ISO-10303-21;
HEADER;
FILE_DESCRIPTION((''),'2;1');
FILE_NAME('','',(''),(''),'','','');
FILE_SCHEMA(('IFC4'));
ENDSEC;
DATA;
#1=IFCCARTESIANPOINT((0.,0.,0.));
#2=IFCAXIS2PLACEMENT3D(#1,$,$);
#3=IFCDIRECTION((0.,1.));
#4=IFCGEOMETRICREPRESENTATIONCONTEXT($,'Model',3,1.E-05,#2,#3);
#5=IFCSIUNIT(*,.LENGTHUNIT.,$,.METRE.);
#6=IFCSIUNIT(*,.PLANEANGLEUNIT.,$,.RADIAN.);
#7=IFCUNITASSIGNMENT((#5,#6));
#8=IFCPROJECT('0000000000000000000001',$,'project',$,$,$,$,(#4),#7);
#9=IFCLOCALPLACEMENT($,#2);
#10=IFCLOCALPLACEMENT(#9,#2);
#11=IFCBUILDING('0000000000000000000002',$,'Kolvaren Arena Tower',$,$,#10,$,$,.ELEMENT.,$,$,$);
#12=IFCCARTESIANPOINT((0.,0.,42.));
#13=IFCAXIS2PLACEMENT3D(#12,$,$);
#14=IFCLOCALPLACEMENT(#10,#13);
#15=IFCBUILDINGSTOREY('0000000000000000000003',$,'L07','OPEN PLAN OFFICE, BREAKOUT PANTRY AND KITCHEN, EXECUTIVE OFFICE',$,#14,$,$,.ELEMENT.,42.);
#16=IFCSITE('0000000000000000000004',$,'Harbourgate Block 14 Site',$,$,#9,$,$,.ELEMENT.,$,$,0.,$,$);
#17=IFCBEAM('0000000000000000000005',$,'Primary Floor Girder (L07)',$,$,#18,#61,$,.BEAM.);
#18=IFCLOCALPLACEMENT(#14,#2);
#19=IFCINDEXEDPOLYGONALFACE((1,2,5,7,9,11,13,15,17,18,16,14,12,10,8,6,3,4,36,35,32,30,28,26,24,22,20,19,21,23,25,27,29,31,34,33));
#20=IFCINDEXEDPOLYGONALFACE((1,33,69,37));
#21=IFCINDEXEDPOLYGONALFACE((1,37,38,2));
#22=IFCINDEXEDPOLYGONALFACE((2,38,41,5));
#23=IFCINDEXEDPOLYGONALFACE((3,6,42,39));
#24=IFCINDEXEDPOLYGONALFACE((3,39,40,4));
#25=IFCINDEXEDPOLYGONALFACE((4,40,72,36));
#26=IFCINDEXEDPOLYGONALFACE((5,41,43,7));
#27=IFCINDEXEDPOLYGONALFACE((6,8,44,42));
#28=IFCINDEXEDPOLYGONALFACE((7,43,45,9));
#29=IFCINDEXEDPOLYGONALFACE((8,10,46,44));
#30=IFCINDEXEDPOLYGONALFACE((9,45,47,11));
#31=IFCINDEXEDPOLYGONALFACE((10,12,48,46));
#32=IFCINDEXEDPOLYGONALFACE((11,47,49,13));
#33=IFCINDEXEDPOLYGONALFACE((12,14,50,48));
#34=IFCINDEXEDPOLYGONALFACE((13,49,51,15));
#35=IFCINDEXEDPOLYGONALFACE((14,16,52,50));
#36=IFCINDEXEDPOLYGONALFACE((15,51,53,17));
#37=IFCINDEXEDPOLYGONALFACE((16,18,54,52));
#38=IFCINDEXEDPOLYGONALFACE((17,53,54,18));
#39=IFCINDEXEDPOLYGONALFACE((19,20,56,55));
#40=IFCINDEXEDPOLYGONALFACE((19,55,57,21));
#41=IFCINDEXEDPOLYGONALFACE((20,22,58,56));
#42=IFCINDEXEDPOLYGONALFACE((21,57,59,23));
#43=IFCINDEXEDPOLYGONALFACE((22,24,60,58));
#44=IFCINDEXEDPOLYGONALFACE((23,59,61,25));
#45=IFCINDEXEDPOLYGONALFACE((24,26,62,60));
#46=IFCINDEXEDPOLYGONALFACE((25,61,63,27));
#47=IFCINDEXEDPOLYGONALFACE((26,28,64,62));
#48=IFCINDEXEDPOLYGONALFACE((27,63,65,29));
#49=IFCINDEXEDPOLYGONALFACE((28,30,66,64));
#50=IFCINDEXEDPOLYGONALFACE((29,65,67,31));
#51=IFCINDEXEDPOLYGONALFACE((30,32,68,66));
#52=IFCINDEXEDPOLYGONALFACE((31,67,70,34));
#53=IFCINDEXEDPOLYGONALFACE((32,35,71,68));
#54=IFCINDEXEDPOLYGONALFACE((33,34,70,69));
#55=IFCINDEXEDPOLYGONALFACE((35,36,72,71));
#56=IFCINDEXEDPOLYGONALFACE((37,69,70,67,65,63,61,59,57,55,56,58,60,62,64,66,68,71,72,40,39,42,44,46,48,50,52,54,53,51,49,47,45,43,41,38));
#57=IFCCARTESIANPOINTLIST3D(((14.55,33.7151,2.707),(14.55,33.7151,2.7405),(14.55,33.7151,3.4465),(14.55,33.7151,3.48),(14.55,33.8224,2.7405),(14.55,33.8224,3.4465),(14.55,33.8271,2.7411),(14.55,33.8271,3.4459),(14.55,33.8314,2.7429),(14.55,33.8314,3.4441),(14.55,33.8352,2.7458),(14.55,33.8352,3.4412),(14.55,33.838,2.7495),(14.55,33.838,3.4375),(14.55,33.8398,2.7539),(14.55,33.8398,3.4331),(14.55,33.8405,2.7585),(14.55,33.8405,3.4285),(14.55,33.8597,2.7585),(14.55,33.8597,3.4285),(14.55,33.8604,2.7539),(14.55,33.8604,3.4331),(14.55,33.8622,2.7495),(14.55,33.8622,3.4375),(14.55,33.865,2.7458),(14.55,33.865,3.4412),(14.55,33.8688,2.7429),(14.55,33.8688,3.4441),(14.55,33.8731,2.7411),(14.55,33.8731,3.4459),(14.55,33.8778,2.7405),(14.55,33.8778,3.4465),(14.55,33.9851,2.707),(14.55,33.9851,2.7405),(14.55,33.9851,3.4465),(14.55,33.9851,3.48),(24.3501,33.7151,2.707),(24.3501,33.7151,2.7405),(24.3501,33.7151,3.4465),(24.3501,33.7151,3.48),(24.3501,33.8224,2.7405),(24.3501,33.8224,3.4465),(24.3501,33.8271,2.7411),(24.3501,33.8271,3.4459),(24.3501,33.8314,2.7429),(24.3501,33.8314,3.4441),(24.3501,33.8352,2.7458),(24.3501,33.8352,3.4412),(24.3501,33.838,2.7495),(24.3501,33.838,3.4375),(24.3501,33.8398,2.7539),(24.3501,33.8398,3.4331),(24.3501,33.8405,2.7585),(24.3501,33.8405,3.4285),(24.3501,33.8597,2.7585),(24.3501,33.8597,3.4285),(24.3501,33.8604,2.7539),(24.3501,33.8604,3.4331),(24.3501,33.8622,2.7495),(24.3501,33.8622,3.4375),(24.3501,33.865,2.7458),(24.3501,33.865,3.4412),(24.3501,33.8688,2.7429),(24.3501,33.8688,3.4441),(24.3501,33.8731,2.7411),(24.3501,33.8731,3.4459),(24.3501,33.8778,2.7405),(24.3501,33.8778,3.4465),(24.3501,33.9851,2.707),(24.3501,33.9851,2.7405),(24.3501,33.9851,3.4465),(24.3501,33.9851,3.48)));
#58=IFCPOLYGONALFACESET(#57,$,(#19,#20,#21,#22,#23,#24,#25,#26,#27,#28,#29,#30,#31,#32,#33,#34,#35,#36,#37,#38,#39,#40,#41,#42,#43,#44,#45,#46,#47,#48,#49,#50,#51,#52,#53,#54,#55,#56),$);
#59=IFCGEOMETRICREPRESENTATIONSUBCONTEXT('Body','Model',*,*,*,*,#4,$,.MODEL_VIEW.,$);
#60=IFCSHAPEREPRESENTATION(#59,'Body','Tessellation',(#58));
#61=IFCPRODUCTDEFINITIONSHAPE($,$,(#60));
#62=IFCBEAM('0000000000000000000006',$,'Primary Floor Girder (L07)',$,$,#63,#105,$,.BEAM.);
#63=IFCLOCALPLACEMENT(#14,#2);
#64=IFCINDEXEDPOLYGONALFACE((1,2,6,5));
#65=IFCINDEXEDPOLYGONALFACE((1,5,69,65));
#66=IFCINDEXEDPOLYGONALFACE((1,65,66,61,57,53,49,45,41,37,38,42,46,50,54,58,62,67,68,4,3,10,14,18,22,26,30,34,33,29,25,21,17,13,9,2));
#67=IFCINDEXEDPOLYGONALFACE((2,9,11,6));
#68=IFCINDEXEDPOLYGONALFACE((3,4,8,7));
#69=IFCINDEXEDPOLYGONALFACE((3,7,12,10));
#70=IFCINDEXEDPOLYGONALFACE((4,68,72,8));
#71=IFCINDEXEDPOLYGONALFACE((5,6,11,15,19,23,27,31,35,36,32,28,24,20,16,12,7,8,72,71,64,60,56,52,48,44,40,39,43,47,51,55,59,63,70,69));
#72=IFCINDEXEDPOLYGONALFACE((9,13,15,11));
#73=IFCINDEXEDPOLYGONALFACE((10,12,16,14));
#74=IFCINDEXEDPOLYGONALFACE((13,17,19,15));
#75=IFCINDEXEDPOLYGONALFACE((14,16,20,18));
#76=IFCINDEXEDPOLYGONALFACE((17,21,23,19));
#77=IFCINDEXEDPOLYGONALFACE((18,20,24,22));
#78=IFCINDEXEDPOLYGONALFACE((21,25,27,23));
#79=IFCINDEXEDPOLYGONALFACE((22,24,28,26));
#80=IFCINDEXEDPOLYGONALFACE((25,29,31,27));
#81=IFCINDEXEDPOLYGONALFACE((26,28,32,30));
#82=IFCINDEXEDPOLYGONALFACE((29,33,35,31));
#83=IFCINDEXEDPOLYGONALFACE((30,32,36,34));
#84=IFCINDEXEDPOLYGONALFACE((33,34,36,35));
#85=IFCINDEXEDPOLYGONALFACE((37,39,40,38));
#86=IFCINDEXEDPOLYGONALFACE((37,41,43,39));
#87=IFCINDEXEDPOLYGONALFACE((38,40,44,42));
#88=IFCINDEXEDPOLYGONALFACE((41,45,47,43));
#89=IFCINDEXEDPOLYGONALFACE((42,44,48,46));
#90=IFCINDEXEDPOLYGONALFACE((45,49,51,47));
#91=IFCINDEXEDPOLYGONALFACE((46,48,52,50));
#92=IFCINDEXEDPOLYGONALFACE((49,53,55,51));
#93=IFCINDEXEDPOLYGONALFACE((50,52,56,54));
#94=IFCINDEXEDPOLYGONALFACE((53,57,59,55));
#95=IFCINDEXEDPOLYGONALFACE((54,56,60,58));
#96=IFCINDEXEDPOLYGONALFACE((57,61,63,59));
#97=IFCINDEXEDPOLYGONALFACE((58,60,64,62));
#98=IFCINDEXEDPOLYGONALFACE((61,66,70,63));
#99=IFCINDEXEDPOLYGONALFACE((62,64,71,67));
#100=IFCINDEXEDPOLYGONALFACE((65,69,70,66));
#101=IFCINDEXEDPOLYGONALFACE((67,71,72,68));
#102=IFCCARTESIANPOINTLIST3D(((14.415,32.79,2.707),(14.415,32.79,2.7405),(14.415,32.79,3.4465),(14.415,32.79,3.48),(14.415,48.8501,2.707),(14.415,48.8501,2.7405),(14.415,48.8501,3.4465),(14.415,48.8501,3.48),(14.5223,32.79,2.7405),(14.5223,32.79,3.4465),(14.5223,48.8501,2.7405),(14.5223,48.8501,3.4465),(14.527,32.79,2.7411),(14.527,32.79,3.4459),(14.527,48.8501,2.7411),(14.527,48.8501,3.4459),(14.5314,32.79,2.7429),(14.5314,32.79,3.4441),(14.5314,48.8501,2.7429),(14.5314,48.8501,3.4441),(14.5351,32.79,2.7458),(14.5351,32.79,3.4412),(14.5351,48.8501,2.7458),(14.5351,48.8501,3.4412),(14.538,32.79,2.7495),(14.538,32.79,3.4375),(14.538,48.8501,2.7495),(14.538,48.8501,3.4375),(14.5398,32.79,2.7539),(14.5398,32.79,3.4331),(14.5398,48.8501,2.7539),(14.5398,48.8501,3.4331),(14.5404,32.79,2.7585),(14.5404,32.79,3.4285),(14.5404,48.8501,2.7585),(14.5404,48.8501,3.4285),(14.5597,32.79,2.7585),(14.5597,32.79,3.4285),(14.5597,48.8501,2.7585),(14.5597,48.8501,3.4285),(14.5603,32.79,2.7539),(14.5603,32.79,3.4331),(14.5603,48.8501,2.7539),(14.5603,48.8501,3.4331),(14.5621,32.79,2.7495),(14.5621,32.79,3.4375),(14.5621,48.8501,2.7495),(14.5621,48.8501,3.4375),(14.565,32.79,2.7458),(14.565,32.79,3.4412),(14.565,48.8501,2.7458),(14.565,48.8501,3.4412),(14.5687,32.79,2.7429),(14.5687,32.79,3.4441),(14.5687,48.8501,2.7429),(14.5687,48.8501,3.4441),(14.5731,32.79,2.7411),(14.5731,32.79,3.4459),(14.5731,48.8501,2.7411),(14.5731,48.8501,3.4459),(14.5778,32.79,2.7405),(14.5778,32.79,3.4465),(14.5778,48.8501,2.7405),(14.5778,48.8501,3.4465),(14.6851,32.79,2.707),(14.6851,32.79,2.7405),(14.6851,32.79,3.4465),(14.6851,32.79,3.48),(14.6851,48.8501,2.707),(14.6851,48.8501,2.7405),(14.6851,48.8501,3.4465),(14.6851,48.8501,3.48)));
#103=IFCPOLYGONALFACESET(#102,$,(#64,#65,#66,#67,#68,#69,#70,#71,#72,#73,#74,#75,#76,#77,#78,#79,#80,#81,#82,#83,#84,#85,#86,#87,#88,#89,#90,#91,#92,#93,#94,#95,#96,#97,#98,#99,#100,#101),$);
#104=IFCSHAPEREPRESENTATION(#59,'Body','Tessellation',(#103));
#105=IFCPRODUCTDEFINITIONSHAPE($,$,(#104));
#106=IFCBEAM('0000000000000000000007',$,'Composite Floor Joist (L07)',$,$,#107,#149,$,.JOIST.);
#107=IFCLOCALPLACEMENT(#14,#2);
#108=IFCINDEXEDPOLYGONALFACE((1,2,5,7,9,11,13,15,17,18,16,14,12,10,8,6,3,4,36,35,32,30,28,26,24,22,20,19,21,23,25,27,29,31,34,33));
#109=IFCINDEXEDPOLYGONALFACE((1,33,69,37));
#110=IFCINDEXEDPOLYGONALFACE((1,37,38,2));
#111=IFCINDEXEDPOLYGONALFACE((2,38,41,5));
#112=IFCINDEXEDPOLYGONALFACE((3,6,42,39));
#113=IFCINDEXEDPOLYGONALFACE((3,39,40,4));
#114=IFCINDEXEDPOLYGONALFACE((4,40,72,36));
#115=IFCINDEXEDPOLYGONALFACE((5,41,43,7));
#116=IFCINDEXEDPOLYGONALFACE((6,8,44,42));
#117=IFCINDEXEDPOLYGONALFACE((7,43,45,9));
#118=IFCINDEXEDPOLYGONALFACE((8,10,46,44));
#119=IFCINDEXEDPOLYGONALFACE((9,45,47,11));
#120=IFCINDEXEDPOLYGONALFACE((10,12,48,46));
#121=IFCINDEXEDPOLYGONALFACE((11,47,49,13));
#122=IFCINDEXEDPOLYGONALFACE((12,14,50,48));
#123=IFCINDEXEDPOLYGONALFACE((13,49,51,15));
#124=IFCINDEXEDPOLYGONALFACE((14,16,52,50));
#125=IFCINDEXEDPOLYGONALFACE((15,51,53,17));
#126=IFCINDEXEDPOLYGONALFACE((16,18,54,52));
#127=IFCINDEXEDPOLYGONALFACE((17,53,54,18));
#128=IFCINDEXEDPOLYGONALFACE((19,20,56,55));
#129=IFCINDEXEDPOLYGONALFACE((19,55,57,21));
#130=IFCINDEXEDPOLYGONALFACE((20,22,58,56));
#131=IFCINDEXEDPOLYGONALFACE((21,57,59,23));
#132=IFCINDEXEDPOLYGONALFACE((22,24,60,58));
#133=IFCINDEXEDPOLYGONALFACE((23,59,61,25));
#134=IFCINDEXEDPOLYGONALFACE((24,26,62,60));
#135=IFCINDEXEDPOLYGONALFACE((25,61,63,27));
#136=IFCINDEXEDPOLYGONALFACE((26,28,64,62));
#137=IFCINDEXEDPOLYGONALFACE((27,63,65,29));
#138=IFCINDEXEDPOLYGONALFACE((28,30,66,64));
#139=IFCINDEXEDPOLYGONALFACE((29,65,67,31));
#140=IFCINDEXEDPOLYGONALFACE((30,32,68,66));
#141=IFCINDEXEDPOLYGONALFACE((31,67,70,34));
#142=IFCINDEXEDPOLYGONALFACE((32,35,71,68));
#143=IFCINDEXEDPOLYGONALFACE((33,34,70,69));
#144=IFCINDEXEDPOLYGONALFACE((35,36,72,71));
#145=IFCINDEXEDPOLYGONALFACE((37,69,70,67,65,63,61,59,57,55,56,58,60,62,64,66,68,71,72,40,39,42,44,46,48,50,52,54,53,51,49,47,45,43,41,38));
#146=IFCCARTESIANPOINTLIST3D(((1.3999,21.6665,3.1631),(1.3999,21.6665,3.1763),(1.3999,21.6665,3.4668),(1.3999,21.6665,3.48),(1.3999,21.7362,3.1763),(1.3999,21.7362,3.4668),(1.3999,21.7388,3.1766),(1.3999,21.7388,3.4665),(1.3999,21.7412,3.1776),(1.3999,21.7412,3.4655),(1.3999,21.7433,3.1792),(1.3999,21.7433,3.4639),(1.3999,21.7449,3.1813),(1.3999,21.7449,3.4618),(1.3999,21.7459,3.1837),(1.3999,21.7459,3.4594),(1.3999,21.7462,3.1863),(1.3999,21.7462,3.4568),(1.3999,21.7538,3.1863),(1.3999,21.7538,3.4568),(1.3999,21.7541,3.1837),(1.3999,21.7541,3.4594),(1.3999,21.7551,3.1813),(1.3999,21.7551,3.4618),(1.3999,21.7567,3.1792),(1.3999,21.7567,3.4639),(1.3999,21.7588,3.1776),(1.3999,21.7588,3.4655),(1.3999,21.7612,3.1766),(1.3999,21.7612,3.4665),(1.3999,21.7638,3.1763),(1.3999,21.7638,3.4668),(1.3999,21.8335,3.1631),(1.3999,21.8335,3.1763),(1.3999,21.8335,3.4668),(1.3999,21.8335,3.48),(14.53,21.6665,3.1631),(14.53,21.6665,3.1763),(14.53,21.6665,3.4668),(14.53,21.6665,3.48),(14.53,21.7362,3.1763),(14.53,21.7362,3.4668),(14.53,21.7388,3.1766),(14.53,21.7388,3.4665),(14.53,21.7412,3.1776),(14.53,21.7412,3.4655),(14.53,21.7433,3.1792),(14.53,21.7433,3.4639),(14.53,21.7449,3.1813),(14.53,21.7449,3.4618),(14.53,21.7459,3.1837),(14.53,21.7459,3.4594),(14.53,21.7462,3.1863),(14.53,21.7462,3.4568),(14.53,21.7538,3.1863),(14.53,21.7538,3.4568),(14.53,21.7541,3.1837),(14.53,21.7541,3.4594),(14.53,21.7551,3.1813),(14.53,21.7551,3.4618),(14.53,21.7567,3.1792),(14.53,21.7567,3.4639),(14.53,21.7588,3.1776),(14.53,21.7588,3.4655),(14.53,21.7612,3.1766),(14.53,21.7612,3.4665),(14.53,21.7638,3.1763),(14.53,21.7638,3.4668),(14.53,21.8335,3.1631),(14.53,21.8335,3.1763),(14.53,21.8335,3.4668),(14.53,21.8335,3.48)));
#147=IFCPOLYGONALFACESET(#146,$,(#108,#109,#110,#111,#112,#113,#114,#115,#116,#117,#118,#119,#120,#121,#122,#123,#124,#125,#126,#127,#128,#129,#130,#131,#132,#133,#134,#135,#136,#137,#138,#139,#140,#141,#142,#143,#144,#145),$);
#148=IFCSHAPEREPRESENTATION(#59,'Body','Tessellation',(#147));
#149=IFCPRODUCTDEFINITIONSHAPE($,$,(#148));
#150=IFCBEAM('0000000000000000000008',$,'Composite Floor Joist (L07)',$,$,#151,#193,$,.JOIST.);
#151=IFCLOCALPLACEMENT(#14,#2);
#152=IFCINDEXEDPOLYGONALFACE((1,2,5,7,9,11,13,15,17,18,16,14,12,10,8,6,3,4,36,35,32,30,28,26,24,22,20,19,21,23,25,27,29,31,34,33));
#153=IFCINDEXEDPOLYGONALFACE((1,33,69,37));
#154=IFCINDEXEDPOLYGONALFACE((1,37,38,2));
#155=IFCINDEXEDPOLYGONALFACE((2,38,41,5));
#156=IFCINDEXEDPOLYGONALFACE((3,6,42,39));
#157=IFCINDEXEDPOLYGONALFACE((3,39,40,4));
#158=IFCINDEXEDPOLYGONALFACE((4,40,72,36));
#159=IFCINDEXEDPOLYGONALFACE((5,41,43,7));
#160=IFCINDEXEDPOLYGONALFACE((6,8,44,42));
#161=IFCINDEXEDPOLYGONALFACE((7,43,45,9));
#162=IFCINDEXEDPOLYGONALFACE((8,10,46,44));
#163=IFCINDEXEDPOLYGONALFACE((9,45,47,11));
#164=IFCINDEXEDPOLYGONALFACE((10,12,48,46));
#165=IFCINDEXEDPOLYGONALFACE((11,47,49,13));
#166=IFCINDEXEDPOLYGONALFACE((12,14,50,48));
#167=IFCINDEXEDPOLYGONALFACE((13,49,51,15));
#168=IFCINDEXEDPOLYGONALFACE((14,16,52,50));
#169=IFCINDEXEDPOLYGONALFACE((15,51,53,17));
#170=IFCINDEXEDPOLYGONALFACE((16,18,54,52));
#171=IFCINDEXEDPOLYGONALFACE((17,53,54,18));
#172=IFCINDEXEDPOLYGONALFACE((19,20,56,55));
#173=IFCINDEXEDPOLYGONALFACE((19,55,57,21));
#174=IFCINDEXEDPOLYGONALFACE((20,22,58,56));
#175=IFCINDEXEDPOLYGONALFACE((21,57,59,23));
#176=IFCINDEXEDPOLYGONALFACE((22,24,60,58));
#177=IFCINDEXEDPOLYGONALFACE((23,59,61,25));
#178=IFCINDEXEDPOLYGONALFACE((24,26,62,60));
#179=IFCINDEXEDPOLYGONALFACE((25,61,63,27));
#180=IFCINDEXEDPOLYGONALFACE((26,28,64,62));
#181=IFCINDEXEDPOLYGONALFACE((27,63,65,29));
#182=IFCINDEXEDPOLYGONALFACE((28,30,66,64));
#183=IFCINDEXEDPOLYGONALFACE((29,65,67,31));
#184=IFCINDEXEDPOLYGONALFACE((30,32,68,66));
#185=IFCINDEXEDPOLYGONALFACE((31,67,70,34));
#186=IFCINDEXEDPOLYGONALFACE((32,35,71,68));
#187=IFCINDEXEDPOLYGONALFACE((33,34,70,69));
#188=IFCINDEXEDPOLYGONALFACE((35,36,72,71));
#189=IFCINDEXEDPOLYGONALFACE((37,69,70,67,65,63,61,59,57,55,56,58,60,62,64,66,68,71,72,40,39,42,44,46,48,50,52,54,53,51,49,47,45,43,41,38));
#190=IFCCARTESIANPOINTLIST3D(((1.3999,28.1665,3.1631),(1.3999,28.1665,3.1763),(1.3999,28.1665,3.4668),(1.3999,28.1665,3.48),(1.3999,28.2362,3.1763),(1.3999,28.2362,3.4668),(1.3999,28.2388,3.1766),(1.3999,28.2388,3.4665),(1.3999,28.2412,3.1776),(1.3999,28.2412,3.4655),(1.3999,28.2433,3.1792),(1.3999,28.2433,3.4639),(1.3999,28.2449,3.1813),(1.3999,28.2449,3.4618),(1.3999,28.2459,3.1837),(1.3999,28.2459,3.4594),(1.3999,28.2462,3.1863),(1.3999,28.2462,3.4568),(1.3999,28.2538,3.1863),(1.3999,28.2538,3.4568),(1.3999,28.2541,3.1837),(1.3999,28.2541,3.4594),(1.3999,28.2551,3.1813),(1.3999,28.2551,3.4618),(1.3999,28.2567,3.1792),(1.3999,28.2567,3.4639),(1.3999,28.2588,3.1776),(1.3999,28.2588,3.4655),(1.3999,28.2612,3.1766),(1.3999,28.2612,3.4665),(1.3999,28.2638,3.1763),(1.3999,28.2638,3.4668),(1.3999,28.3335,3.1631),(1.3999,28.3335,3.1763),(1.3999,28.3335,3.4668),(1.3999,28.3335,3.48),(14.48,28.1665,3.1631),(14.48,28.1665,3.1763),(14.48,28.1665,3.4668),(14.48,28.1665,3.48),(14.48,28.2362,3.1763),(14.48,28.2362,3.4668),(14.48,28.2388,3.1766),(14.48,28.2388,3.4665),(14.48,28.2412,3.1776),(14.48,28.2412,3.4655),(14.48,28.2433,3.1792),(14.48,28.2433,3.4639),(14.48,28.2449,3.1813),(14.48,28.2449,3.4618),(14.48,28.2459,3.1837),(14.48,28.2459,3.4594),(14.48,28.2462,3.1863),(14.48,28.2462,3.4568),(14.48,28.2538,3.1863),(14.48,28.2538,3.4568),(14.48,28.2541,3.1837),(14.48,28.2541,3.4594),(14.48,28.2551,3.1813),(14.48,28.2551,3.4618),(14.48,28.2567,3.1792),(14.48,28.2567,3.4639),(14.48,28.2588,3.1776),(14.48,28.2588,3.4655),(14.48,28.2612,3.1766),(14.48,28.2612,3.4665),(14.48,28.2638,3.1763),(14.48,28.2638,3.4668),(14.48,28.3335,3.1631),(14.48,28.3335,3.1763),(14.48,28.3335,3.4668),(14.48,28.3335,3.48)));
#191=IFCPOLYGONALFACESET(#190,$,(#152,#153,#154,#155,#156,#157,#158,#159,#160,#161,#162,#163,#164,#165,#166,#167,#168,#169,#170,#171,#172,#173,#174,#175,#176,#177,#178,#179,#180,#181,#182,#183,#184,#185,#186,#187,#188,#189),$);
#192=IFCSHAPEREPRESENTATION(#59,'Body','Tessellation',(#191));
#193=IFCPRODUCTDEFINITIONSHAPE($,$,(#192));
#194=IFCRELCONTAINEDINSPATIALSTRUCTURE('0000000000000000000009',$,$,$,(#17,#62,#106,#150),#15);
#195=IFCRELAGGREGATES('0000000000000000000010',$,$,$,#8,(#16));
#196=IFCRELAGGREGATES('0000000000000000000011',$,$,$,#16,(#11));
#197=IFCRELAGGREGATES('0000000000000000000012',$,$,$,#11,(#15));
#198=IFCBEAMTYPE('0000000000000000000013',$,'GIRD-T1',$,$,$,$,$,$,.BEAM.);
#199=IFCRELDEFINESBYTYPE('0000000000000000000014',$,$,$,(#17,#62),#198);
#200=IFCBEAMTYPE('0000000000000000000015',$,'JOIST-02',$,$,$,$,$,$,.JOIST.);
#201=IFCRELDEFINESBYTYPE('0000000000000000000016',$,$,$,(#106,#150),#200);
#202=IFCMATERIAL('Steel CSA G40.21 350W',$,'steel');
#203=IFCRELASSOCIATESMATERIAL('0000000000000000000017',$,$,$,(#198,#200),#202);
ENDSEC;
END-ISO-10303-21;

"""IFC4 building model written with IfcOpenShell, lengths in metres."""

from ifc_helpers import new_model, si_unit, direction, frame, origin, origin_2d, place, context, subcontext, project, spatial, i_section, extrude, material, material_profile, profile_set, type_object, element, save


model = new_model("IFC4")

# Units and contexts
model_context = context("Model", 3, precision=1e-05, world=origin(), true_north=direction((0.0, 1.0)))
body_context = subcontext(model_context, "Body", "Model", "MODEL_VIEW")
ifc_project = project(units=[si_unit("LENGTHUNIT", "METRE"), si_unit("PLANEANGLEUNIT", "RADIAN")], contexts=[model_context])

# Site, building, storey
site_placement = place(None, origin())
site = spatial("IfcSite", under=ifc_project, at=site_placement, Name="Harbourgate Block 14 Site", CompositionType="ELEMENT", RefElevation=0.0)
building_placement = place(site_placement, origin())
building = spatial("IfcBuilding", under=site, at=building_placement, Name="Kolvaren Arena Tower", CompositionType="ELEMENT")
storey_placement = place(building_placement, frame((0.0, 0.0, 42.0)))
storey = spatial("IfcBuildingStorey", under=building, at=storey_placement, Name="L07", Description="OPEN PLAN OFFICE, BREAKOUT PANTRY AND KITCHEN, EXECUTIVE OFFICE", CompositionType="ELEMENT", Elevation=42.0)

# Beams
ifc_material_1 = material(Name="Steel CSA G40.21 350W", Category="steel")
ifc_material_profile_1 = material_profile(ifc_material_1, i_section(OverallWidth=0.27, OverallDepth=0.7729, WebThickness=0.0193, FlangeThickness=0.0334, FilletRadius=0.0181, at=origin_2d()), Name="W760x257")
ifc_profile_set_1 = profile_set([ifc_material_profile_1], Name="Steel CSA G40.21 350W")
beam_type_1 = type_object("IfcBeamType", Name="GIRD-T1", PredefinedType="BEAM", material=ifc_profile_set_1)
beam_1_placement = place(storey_placement, frame((14.55, 33.8501, 3.0935), z_axis=(1.0, 0.0, 0.0), x_axis=(0.0, 1.0, 0.0)))
element("IfcBeam", 1, at=beam_1_placement, inside=storey, type_object=beam_type_1, Name="Primary Floor Girder (L07)", PredefinedType="BEAM", context=body_context, shape_type="SweptSolid", body=[
    extrude(i_section(OverallWidth=0.27, OverallDepth=0.7729, WebThickness=0.0193, FlangeThickness=0.0334, FilletRadius=0.0181, at=origin_2d()), origin(), (0.0, 0.0, 1.0), 9.8),
])
beam_2_placement = place(storey_placement, frame((14.55, 32.79, 3.0935), z_axis=(0.0, 1.0, 0.0), x_axis=(-1.0, 0.0, 0.0)))
element("IfcBeam", 2, at=beam_2_placement, inside=storey, type_object=beam_type_1, Name="Primary Floor Girder (L07)", PredefinedType="BEAM", context=body_context, shape_type="SweptSolid", body=[
    extrude(i_section(OverallWidth=0.27, OverallDepth=0.7729, WebThickness=0.0193, FlangeThickness=0.0334, FilletRadius=0.0181, at=origin_2d()), origin(), (0.0, 0.0, 1.0), 16.0601),
])
ifc_material_profile_2 = material_profile(ifc_material_1, i_section(OverallWidth=0.167, OverallDepth=0.3169, WebThickness=0.0076, FlangeThickness=0.0132, FilletRadius=0.01, at=origin_2d()), Name="W310x52")
ifc_profile_set_2 = profile_set([ifc_material_profile_2], Name="Steel CSA G40.21 350W")
beam_type_2 = type_object("IfcBeamType", Name="JOIST-02", PredefinedType="JOIST", material=ifc_profile_set_2)
beam_3_placement = place(storey_placement, frame((1.3999, 21.75, 3.3215), z_axis=(1.0, 0.0, 0.0), x_axis=(0.0, 1.0, 0.0)))
element("IfcBeam", 3, at=beam_3_placement, inside=storey, type_object=beam_type_2, Name="Composite Floor Joist (L07)", PredefinedType="JOIST", context=body_context, shape_type="SweptSolid", body=[
    extrude(i_section(OverallWidth=0.167, OverallDepth=0.3169, WebThickness=0.0076, FlangeThickness=0.0132, FilletRadius=0.01, at=origin_2d()), origin(), (0.0, 0.0, 1.0), 13.1301),
])
beam_4_placement = place(storey_placement, frame((1.3999, 28.25, 3.3215), z_axis=(1.0, 0.0, 0.0), x_axis=(0.0, 1.0, 0.0)))
element("IfcBeam", 4, at=beam_4_placement, inside=storey, type_object=beam_type_2, Name="Composite Floor Joist (L07)", PredefinedType="JOIST", context=body_context, shape_type="SweptSolid", body=[
    extrude(i_section(OverallWidth=0.167, OverallDepth=0.3169, WebThickness=0.0076, FlangeThickness=0.0132, FilletRadius=0.01, at=origin_2d()), origin(), (0.0, 0.0, 1.0), 13.0801),
])

save(model, "model.ifc")
